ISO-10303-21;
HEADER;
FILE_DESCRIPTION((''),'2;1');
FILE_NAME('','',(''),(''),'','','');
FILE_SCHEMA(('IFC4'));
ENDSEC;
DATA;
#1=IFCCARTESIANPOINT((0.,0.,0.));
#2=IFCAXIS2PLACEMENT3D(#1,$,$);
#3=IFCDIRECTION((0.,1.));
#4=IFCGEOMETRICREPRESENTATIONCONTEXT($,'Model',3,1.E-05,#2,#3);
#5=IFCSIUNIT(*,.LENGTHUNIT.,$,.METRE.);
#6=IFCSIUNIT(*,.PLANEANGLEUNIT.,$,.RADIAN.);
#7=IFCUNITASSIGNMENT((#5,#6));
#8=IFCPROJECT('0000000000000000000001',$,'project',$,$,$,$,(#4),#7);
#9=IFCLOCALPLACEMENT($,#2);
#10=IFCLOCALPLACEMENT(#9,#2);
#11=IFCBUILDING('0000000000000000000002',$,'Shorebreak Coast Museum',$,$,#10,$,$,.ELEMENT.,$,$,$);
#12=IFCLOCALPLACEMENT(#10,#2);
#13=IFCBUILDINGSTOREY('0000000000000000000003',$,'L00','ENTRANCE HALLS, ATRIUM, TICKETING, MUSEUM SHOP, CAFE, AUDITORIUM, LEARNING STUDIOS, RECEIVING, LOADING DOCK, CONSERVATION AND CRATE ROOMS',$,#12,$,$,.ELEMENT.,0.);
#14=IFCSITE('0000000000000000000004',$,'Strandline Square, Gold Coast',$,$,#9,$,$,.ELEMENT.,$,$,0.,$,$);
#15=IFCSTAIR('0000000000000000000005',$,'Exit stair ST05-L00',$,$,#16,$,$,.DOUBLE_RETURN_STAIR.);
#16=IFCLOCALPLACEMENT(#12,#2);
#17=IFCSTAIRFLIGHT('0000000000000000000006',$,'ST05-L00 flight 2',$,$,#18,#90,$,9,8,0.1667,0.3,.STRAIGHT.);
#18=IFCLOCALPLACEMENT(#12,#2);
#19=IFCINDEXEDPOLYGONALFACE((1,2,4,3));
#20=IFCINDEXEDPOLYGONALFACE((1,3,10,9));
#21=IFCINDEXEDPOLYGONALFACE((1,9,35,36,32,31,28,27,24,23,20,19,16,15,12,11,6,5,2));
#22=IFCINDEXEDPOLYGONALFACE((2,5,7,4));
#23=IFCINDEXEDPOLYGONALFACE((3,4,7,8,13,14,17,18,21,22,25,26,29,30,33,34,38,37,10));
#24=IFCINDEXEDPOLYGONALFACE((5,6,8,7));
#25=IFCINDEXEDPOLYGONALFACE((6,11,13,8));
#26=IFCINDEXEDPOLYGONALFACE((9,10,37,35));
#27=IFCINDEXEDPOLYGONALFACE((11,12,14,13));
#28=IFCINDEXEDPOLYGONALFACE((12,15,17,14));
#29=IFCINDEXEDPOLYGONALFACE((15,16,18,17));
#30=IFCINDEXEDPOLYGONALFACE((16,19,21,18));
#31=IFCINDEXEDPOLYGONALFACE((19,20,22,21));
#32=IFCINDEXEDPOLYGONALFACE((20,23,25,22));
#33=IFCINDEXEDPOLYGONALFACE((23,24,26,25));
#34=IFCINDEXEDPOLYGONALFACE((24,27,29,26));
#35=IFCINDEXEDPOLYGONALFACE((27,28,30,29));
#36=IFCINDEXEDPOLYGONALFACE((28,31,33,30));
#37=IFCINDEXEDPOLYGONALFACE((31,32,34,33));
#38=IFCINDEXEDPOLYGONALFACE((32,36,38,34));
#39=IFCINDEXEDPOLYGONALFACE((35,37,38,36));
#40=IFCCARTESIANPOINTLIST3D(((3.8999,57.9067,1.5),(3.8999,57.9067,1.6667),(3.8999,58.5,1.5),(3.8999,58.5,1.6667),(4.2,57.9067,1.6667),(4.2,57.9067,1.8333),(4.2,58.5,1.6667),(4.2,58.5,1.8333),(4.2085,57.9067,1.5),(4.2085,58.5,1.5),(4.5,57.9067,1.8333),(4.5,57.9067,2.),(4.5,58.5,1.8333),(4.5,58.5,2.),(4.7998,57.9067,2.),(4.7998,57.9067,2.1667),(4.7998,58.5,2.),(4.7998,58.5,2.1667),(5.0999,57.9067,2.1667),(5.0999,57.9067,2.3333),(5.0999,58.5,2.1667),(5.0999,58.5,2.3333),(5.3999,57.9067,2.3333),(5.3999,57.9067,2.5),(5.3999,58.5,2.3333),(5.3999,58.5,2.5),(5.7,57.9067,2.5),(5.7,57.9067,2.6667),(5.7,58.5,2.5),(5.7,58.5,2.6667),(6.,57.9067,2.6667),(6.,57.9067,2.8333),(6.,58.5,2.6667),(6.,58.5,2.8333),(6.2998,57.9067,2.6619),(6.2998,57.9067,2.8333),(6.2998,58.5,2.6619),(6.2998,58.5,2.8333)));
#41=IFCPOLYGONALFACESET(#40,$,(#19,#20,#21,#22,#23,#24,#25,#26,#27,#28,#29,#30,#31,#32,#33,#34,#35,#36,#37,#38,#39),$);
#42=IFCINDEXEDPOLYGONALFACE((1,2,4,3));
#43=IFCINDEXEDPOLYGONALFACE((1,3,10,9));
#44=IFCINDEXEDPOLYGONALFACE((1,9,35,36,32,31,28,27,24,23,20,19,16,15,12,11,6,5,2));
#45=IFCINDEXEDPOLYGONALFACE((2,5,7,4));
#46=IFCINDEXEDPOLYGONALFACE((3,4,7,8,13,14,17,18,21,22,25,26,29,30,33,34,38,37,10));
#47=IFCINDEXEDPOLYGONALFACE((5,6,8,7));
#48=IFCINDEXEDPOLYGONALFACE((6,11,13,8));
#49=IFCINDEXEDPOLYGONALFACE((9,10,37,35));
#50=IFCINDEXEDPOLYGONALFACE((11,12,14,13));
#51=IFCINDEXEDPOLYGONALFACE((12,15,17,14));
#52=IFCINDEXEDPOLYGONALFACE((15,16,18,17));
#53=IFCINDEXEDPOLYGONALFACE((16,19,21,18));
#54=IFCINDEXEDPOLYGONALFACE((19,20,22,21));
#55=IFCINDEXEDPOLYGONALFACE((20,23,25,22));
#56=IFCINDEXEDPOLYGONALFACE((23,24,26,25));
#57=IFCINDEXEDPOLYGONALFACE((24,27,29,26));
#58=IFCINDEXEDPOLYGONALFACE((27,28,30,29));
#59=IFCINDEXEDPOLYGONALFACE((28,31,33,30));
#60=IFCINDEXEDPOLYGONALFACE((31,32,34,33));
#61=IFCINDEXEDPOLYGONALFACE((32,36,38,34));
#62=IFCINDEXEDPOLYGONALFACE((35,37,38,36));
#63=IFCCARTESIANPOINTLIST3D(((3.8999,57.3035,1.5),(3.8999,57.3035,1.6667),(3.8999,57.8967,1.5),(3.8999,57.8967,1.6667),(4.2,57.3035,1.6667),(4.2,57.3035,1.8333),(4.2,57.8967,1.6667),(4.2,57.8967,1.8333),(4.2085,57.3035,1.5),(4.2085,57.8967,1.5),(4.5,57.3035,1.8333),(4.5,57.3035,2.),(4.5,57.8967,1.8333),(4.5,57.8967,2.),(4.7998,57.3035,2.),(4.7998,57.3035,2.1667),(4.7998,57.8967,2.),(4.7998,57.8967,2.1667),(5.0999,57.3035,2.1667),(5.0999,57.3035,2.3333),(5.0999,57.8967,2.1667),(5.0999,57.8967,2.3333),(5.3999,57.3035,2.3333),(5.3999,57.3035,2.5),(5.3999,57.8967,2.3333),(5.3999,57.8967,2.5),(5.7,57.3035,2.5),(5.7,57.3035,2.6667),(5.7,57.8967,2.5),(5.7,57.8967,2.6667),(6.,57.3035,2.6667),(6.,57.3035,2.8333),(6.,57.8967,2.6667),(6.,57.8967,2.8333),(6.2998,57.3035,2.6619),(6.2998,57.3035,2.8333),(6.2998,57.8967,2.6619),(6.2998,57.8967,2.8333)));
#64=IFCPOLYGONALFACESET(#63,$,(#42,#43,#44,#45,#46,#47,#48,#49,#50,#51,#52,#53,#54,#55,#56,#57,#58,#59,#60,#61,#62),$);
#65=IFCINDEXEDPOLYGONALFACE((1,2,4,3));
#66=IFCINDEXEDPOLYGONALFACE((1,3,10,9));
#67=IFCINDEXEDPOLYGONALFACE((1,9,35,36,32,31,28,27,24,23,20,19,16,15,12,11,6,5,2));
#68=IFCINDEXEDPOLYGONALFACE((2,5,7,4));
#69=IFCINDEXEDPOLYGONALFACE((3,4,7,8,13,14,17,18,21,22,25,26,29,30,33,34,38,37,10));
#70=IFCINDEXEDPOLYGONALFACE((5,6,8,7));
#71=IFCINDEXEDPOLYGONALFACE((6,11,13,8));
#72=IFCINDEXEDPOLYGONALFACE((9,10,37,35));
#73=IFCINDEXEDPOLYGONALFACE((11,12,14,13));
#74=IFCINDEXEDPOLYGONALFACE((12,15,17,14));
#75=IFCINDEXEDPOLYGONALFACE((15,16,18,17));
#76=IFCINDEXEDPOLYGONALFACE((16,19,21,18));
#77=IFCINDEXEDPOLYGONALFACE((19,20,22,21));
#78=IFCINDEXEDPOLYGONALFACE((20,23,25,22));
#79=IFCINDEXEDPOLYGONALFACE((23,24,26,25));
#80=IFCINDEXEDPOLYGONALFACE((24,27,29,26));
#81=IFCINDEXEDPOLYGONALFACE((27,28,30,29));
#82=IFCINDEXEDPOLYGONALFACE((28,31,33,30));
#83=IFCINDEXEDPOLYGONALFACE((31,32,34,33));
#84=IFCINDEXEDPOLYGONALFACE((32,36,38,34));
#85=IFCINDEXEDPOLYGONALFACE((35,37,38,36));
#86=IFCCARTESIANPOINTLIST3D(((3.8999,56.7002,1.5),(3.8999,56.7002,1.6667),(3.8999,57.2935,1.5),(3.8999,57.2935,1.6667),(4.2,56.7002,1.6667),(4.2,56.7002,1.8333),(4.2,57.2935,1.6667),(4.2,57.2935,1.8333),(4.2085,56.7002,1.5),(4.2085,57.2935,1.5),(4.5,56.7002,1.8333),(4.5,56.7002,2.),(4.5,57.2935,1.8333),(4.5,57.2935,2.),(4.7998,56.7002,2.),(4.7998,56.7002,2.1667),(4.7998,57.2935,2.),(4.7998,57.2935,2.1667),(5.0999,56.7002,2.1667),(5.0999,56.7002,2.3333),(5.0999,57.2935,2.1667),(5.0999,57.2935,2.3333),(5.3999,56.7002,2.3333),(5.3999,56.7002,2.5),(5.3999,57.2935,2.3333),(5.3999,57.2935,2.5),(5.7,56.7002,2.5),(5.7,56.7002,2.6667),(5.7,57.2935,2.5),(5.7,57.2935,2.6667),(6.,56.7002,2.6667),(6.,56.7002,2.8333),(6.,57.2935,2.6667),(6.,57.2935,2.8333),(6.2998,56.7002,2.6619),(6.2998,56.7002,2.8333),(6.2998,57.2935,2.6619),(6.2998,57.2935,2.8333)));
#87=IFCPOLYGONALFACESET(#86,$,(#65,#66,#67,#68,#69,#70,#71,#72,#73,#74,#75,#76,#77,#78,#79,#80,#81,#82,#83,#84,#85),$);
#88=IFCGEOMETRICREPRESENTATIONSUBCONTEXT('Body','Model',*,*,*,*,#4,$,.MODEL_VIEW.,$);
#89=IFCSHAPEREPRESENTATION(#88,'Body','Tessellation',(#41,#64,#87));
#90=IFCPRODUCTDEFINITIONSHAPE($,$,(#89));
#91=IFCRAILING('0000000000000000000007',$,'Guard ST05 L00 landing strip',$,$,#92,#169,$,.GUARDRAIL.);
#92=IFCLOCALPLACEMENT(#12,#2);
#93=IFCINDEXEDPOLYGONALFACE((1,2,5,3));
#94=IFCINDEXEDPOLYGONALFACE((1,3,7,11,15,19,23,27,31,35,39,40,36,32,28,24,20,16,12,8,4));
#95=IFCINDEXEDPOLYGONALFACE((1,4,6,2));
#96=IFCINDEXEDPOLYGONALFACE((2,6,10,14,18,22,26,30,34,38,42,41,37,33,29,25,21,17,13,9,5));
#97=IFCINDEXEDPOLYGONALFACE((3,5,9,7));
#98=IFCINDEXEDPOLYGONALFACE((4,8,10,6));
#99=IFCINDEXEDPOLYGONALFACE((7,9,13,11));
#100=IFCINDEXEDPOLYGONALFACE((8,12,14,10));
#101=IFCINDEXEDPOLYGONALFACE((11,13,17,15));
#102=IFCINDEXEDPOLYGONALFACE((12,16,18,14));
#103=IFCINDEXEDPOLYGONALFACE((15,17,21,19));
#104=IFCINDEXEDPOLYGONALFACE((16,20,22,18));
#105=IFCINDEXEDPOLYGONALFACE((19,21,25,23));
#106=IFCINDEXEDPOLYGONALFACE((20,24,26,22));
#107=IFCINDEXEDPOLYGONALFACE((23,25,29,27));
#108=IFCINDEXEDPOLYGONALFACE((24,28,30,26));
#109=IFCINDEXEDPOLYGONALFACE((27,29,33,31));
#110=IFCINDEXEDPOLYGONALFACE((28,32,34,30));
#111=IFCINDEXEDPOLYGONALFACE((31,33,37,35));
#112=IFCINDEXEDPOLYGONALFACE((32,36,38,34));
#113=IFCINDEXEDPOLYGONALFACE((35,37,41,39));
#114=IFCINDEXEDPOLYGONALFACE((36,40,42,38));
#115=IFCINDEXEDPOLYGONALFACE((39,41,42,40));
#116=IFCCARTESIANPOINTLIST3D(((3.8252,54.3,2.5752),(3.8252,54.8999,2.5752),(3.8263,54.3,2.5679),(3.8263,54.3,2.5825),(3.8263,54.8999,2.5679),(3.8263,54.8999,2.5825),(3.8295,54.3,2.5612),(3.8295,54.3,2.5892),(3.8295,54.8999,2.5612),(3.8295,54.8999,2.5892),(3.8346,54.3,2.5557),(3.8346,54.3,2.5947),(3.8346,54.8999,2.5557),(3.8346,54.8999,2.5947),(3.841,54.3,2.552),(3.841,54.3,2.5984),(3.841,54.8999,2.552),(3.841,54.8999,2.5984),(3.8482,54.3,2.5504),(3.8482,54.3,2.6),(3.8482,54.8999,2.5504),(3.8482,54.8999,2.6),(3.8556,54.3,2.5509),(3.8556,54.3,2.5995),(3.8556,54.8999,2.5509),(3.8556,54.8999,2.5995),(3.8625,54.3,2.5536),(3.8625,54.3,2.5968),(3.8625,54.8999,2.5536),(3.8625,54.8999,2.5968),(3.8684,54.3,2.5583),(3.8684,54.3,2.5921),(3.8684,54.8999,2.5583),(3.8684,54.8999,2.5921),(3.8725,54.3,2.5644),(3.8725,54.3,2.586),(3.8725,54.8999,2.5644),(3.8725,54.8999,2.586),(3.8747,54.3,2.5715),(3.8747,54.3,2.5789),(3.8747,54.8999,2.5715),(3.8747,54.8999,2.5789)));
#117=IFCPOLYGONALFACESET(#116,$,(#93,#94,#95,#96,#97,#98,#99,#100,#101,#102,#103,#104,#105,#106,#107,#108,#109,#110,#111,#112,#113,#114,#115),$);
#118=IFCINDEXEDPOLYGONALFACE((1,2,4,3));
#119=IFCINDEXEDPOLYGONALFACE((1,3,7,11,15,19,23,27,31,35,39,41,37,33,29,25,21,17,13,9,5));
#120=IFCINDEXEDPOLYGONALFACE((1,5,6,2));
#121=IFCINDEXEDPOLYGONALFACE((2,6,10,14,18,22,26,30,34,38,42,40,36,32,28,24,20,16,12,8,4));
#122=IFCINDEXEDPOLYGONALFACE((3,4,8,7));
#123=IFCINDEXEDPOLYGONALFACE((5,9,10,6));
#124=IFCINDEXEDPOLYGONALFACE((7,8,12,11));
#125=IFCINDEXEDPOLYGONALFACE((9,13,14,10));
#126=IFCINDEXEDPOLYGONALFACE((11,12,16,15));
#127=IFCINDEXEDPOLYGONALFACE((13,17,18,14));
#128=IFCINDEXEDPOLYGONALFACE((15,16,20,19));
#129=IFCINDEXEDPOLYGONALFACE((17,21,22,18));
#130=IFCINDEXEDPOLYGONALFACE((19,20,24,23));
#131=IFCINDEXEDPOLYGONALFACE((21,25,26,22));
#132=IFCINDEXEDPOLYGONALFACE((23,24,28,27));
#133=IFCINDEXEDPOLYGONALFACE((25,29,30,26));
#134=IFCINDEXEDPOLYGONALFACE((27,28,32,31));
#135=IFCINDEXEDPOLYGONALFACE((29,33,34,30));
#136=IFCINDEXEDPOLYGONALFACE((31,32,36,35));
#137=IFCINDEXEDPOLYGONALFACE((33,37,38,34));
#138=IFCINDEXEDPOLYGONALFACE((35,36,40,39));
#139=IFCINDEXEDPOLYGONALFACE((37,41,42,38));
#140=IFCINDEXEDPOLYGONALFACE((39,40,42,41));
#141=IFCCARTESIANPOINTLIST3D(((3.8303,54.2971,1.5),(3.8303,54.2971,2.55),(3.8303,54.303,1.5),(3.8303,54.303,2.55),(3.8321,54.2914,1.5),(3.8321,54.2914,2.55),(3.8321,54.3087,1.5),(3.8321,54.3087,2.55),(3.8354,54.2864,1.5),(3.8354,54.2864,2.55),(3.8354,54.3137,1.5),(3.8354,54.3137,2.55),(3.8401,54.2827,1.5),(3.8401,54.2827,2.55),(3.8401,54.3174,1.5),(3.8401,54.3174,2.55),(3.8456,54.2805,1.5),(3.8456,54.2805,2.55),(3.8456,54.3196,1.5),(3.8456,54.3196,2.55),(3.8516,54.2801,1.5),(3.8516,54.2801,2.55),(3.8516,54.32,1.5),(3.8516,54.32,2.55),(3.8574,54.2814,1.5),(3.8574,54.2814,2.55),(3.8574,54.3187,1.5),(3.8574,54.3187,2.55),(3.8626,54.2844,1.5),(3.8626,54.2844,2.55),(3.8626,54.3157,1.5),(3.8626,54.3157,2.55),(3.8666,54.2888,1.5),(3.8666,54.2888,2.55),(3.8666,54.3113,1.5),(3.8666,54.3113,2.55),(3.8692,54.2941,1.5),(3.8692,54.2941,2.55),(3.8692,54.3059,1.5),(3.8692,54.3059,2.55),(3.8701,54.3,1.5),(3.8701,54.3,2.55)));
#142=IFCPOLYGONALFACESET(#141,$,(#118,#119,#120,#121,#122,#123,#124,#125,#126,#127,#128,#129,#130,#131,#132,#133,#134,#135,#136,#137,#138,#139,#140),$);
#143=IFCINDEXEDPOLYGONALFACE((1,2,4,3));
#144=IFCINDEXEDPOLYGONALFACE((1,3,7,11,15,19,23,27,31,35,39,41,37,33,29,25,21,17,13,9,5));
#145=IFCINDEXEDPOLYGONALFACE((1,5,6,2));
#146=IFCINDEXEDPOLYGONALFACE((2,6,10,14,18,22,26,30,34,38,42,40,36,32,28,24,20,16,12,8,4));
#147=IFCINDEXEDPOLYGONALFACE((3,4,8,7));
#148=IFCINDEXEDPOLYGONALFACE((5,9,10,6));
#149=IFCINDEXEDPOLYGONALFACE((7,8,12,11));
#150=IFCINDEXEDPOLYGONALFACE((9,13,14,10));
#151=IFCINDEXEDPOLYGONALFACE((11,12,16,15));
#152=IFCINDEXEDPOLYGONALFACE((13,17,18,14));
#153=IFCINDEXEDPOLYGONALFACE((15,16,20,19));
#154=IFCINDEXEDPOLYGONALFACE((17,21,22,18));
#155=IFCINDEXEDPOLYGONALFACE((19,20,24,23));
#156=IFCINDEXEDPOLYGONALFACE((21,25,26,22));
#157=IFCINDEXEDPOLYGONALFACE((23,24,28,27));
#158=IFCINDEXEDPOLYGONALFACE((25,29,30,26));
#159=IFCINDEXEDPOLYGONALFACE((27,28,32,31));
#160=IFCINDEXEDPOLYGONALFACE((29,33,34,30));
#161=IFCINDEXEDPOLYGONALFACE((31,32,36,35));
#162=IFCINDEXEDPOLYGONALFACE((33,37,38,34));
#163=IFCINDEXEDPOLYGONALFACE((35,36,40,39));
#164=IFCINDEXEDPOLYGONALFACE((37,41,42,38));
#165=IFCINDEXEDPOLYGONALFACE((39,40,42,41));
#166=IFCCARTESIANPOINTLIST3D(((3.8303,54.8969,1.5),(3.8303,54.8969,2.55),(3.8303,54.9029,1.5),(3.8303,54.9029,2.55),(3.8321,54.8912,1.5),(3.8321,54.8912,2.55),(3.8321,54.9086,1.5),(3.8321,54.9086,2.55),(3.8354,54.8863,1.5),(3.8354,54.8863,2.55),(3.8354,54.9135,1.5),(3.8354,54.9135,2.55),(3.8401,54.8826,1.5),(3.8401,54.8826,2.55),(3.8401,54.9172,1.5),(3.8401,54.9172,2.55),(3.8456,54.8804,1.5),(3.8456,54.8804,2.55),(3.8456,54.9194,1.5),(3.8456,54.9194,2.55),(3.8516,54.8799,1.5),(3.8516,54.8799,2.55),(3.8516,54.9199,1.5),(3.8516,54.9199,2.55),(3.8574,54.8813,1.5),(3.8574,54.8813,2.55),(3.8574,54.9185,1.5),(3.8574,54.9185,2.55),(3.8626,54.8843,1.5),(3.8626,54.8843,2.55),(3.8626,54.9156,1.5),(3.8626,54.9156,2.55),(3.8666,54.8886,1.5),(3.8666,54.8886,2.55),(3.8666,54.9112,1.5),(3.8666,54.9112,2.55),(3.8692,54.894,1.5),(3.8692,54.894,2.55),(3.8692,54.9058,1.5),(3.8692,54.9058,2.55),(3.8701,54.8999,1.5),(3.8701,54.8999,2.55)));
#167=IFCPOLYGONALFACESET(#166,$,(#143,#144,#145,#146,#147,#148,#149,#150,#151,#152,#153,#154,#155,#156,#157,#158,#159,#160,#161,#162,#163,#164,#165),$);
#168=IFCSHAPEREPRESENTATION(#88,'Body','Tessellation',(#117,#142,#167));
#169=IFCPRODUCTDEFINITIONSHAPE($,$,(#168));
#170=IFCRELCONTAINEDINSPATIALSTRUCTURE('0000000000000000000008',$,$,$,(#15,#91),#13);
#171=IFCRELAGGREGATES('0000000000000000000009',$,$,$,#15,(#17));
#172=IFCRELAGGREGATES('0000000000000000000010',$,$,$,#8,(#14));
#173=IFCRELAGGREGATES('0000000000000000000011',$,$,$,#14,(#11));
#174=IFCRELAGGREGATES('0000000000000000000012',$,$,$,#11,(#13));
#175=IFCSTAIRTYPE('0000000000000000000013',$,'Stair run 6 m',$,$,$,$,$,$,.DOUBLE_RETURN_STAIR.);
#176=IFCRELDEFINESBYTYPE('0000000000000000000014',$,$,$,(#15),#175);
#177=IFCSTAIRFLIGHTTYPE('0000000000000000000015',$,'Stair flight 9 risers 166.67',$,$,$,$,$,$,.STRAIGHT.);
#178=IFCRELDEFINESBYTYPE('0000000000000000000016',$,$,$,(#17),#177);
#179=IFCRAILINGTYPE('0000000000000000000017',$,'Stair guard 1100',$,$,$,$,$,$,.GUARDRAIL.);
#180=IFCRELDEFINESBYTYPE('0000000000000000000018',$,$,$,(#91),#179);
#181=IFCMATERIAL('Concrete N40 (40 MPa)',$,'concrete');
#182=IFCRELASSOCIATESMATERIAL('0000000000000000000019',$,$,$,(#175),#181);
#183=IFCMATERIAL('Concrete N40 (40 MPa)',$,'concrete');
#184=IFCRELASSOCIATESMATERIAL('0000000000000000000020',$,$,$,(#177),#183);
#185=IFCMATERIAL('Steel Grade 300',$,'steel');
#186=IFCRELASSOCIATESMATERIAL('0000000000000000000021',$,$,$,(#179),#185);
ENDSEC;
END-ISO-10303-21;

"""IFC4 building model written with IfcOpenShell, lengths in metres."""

from ifc_helpers import new_model, si_unit, direction, frame, origin, origin_2d, place, context, subcontext, project, spatial, polyline, circle, outline, extrude, material, type_object, element, aggregate, save


model = new_model("IFC4")

# Units and contexts
model_context = context("Model", 3, precision=1e-05, world=origin(), true_north=direction((0.0, 1.0)))
body_context = subcontext(model_context, "Body", "Model", "MODEL_VIEW")
ifc_project = project(units=[si_unit("LENGTHUNIT", "METRE"), si_unit("PLANEANGLEUNIT", "RADIAN")], contexts=[model_context])

# Site, building, storey
site_placement = place(None, origin())
site = spatial("IfcSite", under=ifc_project, at=site_placement, Name="Strandline Square, Gold Coast", CompositionType="ELEMENT", RefElevation=0.0)
building_placement = place(site_placement, origin())
building = spatial("IfcBuilding", under=site, at=building_placement, Name="Shorebreak Coast Museum", CompositionType="ELEMENT")
storey_placement = place(building_placement, origin())
storey = spatial("IfcBuildingStorey", under=building, at=storey_placement, Name="L00", Description="ENTRANCE HALLS, ATRIUM, TICKETING, MUSEUM SHOP, CAFE, AUDITORIUM, LEARNING STUDIOS, RECEIVING, LOADING DOCK, CONSERVATION AND CRATE ROOMS", CompositionType="ELEMENT", Elevation=0.0)

# Stair, stair flight
ifc_material_1 = material(Name="Concrete N40 (40 MPa)", Category="concrete")
stair_type = type_object("IfcStairType", Name="Stair run 6 m", PredefinedType="DOUBLE_RETURN_STAIR", material=ifc_material_1)
stair_placement = place(storey_placement, origin())
stair = element("IfcStair", 1, at=stair_placement, inside=storey, type_object=stair_type, Name="Exit stair ST05-L00", PredefinedType="DOUBLE_RETURN_STAIR")
ifc_material_2 = material(Name="Concrete N40 (40 MPa)", Category="concrete")
stair_flight_type = type_object("IfcStairFlightType", Name="Stair flight 9 risers 166.67", PredefinedType="STRAIGHT", material=ifc_material_2)
stair_flight_placement = place(storey_placement, frame((3.8999, 57.6001, 1.5), z_axis=(0.0, 0.0, 1.0), x_axis=(1.0, 0.0, 0.0)))
stair_flight = element("IfcStairFlight", 2, at=stair_flight_placement, type_object=stair_flight_type, Name="ST05-L00 flight 2", NumberOfRisers=9, NumberOfTreads=8, PredefinedType="STRAIGHT", RiserHeight=0.1667, TreadLength=0.3, context=body_context, shape_type="SweptSolid", body=[
    extrude(outline(polyline([(0.0, 0.0), (0.0, 0.1667), (0.3, 0.1667), (0.3, 0.3333), (0.6001, 0.3333), (0.6001, 0.5), (0.8999, 0.5), (0.8999, 0.6667), (1.2, 0.6667), (1.2, 0.8333), (1.5, 0.8333), (1.5, 1.0), (1.8, 1.0), (1.8, 1.1667), (2.1001, 1.1667), (2.1001, 1.3333), (2.3999, 1.3333), (2.3999, 1.5), (2.3999, 1.1619), (0.3086, 0.0), (0.0, 0.0)])), frame((0.0, 0.8999, 0.0), z_axis=(0.0, -1.0, 0.0), x_axis=(1.0, 0.0, 0.0)), (0.0, 0.0, 1.0), 0.5933),
    extrude(outline(polyline([(0.0, 0.0), (0.0, 0.1667), (0.3, 0.1667), (0.3, 0.3333), (0.6001, 0.3333), (0.6001, 0.5), (0.8999, 0.5), (0.8999, 0.6667), (1.2, 0.6667), (1.2, 0.8333), (1.5, 0.8333), (1.5, 1.0), (1.8, 1.0), (1.8, 1.1667), (2.1001, 1.1667), (2.1001, 1.3333), (2.3999, 1.3333), (2.3999, 1.5), (2.3999, 1.1619), (0.3086, 0.0), (0.0, 0.0)])), frame((0.0, 0.2966, 0.0), z_axis=(0.0, -1.0, 0.0), x_axis=(1.0, 0.0, 0.0)), (0.0, 0.0, 1.0), 0.5933),
    extrude(outline(polyline([(0.0, 0.0), (0.0, 0.1667), (0.3, 0.1667), (0.3, 0.3333), (0.6001, 0.3333), (0.6001, 0.5), (0.8999, 0.5), (0.8999, 0.6667), (1.2, 0.6667), (1.2, 0.8333), (1.5, 0.8333), (1.5, 1.0), (1.8, 1.0), (1.8, 1.1667), (2.1001, 1.1667), (2.1001, 1.3333), (2.3999, 1.3333), (2.3999, 1.5), (2.3999, 1.1619), (0.3086, 0.0), (0.0, 0.0)])), frame((0.0, -0.3066, 0.0), z_axis=(0.0, -1.0, 0.0), x_axis=(1.0, 0.0, 0.0)), (0.0, 0.0, 1.0), 0.5933),
])
aggregate(stair, [stair_flight])

# Railing
ifc_material_3 = material(Name="Steel Grade 300", Category="steel")
railing_type_1 = type_object("IfcRailingType", Name="Stair guard 1100", PredefinedType="GUARDRAIL", material=ifc_material_3)
railing_1_placement = place(storey_placement, frame((3.8501, 54.3, 1.5)))
element("IfcRailing", 3, at=railing_1_placement, inside=storey, type_object=railing_type_1, Name="Guard ST05 L00 landing strip", PredefinedType="GUARDRAIL", context=body_context, shape_type="SweptSolid", body=[
    extrude(circle(Radius=0.0249, at=origin_2d()), frame((0.0, 0.0, 1.0752), z_axis=(0.0, 1.0, 0.0), x_axis=(-1.0, 0.0, 0.0)), (0.0, 0.0, 1.0), 0.5999),
    extrude(circle(Radius=0.02, at=origin_2d()), origin(), (0.0, 0.0, 1.0), 1.05),
    extrude(circle(Radius=0.02, at=origin_2d()), frame((0.0, 0.5999, 0.0)), (0.0, 0.0, 1.0), 1.05),
])

save(model, "model.ifc")
